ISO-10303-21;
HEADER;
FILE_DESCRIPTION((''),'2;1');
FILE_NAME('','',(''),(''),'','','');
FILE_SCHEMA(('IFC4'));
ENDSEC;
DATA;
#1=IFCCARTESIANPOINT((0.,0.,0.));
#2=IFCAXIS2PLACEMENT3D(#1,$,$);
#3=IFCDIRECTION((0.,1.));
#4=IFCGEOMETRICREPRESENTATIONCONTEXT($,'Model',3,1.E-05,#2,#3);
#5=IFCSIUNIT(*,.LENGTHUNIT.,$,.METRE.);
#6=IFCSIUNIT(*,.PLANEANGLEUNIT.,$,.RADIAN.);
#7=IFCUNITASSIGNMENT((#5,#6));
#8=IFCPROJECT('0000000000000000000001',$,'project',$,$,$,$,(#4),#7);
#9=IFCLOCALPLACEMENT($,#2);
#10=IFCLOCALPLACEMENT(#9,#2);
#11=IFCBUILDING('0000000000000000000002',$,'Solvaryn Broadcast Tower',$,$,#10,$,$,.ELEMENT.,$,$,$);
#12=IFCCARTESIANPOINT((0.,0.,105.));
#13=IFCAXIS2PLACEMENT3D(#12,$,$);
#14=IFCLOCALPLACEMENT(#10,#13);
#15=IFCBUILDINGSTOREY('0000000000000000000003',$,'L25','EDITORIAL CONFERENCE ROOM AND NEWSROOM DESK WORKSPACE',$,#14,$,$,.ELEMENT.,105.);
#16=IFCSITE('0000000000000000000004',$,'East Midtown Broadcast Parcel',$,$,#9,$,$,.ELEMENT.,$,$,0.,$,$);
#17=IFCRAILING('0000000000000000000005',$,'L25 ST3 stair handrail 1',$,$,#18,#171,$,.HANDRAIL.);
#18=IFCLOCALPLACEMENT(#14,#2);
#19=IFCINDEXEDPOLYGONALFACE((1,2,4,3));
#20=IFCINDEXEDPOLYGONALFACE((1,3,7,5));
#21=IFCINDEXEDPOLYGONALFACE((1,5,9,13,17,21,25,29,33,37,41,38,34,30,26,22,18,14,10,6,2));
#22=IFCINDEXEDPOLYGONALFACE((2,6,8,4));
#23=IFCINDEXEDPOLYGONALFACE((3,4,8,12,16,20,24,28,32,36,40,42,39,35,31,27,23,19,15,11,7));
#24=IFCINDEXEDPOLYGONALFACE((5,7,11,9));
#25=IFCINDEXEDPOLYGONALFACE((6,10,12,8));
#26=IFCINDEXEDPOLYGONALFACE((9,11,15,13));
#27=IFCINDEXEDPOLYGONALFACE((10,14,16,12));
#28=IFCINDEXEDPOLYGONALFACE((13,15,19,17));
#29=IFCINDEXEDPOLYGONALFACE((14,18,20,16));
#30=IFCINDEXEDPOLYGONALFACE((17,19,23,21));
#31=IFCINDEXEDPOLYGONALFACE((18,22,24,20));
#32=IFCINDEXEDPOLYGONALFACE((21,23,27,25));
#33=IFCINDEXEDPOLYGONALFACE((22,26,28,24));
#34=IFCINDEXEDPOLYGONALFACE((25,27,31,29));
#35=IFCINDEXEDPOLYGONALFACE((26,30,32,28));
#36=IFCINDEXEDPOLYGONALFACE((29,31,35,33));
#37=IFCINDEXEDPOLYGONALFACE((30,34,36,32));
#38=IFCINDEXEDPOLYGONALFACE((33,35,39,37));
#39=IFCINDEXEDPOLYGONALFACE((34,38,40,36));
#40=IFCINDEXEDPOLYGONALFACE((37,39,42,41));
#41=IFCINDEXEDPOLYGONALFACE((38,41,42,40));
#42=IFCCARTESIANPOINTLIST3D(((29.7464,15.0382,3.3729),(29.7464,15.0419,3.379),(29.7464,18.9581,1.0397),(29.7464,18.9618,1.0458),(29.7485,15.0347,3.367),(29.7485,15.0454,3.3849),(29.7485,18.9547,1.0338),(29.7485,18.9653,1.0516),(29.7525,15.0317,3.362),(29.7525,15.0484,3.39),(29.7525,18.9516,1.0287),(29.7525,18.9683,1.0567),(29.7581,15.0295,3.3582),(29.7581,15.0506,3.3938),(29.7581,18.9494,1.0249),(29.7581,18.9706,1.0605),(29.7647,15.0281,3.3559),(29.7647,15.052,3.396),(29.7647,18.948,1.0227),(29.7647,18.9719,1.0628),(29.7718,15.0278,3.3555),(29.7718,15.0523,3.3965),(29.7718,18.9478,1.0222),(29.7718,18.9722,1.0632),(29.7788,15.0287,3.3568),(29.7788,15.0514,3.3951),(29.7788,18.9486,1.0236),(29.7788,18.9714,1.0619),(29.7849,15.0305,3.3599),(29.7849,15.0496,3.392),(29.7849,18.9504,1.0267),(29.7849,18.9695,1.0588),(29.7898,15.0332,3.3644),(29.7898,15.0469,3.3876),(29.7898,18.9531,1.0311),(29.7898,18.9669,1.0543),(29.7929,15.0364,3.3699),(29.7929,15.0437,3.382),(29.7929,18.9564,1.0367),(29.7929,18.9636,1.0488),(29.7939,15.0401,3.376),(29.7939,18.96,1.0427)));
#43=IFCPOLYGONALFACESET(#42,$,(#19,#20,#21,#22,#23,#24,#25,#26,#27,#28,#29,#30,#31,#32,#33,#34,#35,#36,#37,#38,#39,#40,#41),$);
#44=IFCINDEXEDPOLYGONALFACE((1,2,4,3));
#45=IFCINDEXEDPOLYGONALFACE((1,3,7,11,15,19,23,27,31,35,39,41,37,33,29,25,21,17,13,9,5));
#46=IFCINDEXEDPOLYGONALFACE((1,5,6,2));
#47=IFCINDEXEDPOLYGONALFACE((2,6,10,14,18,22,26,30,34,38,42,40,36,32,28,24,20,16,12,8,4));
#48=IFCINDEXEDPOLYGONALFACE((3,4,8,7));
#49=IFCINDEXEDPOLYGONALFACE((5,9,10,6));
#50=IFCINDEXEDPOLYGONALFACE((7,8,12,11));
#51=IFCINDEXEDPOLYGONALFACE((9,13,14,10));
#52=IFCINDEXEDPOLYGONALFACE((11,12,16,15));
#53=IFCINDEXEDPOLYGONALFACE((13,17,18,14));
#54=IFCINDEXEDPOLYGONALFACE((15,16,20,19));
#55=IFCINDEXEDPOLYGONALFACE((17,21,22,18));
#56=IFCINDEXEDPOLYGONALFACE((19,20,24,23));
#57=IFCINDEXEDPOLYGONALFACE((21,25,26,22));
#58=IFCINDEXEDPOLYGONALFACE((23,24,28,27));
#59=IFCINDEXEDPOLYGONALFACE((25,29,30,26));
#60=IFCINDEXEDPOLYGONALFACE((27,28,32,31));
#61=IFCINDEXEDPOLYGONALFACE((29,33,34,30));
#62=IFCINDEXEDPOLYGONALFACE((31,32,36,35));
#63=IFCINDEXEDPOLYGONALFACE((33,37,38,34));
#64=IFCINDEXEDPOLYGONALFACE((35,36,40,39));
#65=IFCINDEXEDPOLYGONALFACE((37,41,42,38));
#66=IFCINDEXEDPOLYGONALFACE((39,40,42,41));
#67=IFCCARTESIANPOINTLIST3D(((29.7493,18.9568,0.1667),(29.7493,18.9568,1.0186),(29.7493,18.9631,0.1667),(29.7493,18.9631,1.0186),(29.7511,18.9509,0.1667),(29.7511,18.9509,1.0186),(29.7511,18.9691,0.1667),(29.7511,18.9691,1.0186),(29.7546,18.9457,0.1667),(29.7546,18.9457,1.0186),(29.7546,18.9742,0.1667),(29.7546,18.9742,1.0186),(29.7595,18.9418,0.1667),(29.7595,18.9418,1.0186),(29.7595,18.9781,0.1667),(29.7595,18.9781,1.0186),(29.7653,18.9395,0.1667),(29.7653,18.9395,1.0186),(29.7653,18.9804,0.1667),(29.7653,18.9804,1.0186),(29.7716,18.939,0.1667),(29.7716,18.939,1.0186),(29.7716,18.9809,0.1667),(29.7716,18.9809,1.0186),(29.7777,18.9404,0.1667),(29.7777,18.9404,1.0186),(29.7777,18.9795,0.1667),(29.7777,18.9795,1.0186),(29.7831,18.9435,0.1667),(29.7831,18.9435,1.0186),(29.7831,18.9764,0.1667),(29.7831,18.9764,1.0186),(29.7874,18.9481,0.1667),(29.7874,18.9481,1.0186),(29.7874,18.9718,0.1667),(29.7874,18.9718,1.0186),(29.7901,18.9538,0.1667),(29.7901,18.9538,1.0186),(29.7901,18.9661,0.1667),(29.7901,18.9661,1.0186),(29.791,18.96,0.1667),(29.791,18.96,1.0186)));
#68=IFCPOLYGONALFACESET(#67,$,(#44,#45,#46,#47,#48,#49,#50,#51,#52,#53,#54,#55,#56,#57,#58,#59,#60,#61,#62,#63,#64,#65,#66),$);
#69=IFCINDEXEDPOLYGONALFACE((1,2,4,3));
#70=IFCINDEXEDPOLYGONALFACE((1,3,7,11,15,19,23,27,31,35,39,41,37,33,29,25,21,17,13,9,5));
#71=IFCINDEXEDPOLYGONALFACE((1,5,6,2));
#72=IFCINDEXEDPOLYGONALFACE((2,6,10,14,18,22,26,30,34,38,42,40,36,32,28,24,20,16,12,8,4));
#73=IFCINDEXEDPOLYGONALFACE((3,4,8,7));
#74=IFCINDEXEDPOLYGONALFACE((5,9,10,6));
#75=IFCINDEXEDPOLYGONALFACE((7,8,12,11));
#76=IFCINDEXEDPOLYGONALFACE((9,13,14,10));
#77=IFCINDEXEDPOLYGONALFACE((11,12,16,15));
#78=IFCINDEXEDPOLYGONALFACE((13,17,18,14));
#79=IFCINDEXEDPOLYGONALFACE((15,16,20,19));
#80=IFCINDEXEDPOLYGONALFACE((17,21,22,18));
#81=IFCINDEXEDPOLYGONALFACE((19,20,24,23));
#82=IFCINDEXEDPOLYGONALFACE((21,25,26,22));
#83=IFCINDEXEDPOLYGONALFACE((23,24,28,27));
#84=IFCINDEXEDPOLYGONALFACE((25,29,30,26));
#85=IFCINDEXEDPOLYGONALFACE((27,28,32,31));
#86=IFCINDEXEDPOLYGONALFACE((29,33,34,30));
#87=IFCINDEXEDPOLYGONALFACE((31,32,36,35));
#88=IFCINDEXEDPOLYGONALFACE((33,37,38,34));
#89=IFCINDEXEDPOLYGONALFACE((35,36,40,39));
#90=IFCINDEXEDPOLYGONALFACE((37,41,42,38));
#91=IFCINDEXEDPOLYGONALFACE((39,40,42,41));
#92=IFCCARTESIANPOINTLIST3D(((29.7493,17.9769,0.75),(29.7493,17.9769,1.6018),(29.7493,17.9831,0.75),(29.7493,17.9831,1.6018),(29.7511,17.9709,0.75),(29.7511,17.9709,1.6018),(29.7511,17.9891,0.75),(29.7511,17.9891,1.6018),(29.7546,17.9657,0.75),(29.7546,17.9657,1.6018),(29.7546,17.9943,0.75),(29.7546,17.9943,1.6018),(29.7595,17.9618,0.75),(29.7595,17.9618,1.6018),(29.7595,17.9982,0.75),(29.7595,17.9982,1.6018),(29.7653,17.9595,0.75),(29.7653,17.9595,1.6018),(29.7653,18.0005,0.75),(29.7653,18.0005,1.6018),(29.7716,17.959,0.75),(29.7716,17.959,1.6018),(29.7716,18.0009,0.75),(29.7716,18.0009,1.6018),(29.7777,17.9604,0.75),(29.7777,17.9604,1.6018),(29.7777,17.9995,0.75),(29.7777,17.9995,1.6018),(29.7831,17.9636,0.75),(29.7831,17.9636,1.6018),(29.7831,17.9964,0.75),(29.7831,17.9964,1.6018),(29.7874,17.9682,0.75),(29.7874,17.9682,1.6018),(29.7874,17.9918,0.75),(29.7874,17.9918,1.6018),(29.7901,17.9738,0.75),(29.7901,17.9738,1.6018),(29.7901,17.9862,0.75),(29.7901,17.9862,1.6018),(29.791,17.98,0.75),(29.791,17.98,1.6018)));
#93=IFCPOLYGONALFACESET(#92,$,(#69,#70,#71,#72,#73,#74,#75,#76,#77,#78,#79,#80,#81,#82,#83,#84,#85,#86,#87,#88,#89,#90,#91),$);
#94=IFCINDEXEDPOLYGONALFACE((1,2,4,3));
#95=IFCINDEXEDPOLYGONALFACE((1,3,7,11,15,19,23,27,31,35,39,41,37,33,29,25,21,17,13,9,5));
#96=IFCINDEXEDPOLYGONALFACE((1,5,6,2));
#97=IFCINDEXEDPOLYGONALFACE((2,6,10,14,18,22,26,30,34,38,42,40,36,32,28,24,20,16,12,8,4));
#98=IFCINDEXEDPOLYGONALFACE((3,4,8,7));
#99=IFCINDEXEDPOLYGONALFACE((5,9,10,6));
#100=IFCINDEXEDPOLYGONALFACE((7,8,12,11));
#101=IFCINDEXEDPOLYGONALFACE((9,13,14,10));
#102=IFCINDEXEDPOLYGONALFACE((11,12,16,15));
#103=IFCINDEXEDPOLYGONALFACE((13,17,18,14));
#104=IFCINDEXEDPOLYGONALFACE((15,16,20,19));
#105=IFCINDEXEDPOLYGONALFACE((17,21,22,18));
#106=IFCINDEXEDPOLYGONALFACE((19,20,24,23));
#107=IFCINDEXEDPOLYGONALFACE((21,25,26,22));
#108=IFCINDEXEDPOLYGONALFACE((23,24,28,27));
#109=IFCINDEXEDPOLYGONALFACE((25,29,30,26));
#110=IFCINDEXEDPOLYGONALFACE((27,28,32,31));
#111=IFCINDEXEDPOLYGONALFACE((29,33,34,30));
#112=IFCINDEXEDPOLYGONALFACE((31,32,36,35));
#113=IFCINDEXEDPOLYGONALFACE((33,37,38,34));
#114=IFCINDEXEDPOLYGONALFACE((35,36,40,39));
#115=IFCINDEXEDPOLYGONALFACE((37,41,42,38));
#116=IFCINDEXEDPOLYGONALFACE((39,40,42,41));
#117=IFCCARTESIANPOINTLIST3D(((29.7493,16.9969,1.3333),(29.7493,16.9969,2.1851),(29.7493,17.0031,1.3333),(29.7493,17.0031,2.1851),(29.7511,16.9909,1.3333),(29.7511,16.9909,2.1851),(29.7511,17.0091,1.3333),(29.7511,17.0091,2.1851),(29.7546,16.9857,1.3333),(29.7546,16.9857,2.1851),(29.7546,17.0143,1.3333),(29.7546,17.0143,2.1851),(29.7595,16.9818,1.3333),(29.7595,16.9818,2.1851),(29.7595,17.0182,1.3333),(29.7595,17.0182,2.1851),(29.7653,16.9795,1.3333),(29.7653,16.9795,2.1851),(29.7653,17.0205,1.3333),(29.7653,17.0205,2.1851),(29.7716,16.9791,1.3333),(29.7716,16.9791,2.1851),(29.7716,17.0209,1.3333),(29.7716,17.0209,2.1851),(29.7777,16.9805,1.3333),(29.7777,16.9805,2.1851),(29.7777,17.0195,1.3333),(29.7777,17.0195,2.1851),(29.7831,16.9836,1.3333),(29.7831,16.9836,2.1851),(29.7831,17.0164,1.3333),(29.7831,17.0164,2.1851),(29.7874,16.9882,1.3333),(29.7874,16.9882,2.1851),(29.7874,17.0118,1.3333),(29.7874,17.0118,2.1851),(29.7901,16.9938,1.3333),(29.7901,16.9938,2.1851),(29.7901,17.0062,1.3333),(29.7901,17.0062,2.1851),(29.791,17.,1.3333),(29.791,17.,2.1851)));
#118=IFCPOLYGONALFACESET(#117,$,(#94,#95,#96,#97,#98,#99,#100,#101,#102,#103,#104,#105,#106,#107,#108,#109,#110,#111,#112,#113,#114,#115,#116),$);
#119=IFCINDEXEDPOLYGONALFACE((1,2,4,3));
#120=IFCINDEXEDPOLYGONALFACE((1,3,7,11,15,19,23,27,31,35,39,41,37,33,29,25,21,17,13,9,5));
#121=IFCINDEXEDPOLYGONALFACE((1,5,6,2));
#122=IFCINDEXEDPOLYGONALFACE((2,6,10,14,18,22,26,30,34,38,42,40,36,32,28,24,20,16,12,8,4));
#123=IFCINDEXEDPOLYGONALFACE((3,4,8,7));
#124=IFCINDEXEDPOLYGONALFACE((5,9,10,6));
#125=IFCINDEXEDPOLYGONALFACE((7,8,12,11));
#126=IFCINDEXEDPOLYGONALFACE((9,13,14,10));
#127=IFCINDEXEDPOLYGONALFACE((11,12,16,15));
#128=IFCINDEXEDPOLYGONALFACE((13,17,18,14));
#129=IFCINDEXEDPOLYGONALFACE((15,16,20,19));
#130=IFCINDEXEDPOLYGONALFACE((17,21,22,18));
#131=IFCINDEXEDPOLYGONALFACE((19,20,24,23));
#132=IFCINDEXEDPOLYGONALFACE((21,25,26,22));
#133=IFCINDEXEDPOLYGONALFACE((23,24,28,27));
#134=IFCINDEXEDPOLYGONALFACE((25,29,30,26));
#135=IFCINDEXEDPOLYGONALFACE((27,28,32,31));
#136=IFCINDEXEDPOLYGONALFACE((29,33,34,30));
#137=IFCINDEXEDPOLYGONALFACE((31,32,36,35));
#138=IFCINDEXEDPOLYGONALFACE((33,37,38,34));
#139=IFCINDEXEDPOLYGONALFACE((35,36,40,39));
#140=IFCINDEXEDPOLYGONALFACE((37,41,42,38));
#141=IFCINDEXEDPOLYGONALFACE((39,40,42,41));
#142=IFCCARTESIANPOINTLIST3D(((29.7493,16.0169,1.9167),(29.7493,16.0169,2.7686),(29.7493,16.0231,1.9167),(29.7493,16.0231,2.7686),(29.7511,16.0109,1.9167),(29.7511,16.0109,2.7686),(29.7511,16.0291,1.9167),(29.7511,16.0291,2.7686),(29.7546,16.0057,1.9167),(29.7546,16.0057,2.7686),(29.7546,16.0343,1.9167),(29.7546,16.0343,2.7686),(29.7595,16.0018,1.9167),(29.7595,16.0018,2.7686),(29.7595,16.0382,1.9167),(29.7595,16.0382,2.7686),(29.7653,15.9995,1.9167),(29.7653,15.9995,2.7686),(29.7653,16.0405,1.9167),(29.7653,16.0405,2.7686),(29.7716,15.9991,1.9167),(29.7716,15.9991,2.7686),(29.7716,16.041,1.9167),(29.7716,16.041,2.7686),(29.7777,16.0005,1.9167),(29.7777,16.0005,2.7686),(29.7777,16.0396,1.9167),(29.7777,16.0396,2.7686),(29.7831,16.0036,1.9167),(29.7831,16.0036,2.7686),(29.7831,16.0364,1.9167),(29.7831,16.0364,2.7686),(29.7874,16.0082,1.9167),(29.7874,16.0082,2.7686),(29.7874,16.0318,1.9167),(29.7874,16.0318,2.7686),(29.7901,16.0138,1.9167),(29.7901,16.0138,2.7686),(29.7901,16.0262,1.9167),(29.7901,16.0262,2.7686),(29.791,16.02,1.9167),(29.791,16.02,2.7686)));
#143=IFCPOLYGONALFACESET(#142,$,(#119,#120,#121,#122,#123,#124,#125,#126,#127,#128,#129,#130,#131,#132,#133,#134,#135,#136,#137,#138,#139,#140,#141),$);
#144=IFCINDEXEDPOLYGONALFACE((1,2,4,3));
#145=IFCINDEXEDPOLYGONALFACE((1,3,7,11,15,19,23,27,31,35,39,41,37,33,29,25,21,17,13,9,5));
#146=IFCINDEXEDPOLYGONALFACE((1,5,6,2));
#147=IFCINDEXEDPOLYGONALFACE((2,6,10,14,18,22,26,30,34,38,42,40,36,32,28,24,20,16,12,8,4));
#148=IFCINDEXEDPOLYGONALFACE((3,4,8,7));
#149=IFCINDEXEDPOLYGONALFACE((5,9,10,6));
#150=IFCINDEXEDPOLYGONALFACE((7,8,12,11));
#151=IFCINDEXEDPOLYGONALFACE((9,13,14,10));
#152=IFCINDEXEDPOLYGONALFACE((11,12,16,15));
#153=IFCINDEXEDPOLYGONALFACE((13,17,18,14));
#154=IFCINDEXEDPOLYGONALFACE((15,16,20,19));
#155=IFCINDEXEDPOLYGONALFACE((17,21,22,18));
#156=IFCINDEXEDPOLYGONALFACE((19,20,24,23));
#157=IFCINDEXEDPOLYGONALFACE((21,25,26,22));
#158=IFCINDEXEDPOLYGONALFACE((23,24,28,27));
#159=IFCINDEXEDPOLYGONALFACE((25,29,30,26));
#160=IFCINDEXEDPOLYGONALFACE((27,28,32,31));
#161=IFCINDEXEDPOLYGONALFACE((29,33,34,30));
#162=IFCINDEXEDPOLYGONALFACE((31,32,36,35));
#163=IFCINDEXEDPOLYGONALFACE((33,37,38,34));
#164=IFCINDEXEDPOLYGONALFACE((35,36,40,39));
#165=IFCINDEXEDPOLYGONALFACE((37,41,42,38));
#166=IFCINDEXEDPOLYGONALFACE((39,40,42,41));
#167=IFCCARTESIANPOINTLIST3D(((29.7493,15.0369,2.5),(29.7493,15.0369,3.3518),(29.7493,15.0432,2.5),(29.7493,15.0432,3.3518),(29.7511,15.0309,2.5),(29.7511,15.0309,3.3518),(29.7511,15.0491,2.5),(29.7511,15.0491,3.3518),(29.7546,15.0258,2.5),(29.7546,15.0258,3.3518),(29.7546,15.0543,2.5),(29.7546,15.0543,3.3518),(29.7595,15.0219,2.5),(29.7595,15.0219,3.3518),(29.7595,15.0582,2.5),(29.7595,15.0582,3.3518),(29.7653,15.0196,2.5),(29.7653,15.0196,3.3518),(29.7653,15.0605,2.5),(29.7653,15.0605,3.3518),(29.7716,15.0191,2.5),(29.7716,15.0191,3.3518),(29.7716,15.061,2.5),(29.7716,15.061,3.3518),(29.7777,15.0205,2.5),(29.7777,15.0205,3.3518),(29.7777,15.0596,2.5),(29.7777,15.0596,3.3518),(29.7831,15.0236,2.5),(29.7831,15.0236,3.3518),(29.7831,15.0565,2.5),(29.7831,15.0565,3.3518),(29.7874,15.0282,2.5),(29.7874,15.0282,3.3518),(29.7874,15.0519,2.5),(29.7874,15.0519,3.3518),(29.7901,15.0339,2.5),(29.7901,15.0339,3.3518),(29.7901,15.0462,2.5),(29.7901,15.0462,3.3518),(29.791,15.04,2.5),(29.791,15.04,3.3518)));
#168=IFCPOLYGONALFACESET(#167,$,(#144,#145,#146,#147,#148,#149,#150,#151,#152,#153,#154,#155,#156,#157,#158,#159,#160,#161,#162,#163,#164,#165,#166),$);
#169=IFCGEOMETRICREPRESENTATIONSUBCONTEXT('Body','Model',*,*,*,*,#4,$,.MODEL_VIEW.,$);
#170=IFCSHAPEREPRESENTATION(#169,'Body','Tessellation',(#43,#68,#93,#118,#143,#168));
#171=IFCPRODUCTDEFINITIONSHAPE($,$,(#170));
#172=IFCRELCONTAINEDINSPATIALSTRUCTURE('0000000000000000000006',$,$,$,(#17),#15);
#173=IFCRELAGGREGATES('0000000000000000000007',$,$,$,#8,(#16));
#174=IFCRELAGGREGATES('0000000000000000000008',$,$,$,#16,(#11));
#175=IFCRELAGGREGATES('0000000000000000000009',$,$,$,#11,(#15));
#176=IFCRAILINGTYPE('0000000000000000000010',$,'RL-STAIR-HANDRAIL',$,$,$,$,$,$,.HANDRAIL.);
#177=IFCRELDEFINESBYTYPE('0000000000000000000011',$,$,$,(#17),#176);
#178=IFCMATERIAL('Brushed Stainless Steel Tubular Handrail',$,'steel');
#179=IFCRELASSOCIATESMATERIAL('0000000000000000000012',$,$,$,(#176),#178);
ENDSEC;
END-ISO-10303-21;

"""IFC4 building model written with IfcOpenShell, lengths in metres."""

from ifc_helpers import new_model, si_unit, direction, frame, origin, origin_2d, place, context, subcontext, project, spatial, circle, extrude, material, type_object, element, save


model = new_model("IFC4")

# Units and contexts
model_context = context("Model", 3, precision=1e-05, world=origin(), true_north=direction((0.0, 1.0)))
body_context = subcontext(model_context, "Body", "Model", "MODEL_VIEW")
ifc_project = project(units=[si_unit("LENGTHUNIT", "METRE"), si_unit("PLANEANGLEUNIT", "RADIAN")], contexts=[model_context])

# Site, building, storey
site_placement = place(None, origin())
site = spatial("IfcSite", under=ifc_project, at=site_placement, Name="East Midtown Broadcast Parcel", CompositionType="ELEMENT", RefElevation=0.0)
building_placement = place(site_placement, origin())
building = spatial("IfcBuilding", under=site, at=building_placement, Name="Solvaryn Broadcast Tower", CompositionType="ELEMENT")
storey_placement = place(building_placement, frame((0.0, 0.0, 105.0)))
storey = spatial("IfcBuildingStorey", under=building, at=storey_placement, Name="L25", Description="EDITORIAL CONFERENCE ROOM AND NEWSROOM DESK WORKSPACE", CompositionType="ELEMENT", Elevation=105.0)

# Railing
ifc_material_1 = material(Name="Brushed Stainless Steel Tubular Handrail", Category="steel")
railing_type_1 = type_object("IfcRailingType", Name="RL-STAIR-HANDRAIL", PredefinedType="HANDRAIL", material=ifc_material_1)
railing_1_placement = place(storey_placement, frame((29.77, 18.96, 0.1667)))
element("IfcRailing", 1, at=railing_1_placement, inside=storey, type_object=railing_type_1, Name="L25 ST3 stair handrail 1", PredefinedType="HANDRAIL", context=body_context, shape_type="SweptSolid", body=[
    extrude(circle(Radius=0.0239, at=origin_2d()), frame((0.0, 0.0, 0.876), z_axis=(0.0, -0.859296, 0.511478), x_axis=(1.0, 0.0, 0.0)), (0.0, 0.0, 1.0), 4.5618),
    extrude(circle(Radius=0.021, at=origin_2d()), origin(), (0.0, 0.0, 1.0), 0.8518),
    extrude(circle(Radius=0.021, at=origin_2d()), frame((0.0, -0.98, 0.5833)), (0.0, 0.0, 1.0), 0.8518),
    extrude(circle(Radius=0.021, at=origin_2d()), frame((0.0, -1.96, 1.1665)), (0.0, 0.0, 1.0), 0.8518),
    extrude(circle(Radius=0.021, at=origin_2d()), frame((0.0, -2.9399, 1.75)), (0.0, 0.0, 1.0), 0.8518),
    extrude(circle(Radius=0.021, at=origin_2d()), frame((0.0, -3.9199, 2.3333)), (0.0, 0.0, 1.0), 0.8518),
])

save(model, "model.ifc")
